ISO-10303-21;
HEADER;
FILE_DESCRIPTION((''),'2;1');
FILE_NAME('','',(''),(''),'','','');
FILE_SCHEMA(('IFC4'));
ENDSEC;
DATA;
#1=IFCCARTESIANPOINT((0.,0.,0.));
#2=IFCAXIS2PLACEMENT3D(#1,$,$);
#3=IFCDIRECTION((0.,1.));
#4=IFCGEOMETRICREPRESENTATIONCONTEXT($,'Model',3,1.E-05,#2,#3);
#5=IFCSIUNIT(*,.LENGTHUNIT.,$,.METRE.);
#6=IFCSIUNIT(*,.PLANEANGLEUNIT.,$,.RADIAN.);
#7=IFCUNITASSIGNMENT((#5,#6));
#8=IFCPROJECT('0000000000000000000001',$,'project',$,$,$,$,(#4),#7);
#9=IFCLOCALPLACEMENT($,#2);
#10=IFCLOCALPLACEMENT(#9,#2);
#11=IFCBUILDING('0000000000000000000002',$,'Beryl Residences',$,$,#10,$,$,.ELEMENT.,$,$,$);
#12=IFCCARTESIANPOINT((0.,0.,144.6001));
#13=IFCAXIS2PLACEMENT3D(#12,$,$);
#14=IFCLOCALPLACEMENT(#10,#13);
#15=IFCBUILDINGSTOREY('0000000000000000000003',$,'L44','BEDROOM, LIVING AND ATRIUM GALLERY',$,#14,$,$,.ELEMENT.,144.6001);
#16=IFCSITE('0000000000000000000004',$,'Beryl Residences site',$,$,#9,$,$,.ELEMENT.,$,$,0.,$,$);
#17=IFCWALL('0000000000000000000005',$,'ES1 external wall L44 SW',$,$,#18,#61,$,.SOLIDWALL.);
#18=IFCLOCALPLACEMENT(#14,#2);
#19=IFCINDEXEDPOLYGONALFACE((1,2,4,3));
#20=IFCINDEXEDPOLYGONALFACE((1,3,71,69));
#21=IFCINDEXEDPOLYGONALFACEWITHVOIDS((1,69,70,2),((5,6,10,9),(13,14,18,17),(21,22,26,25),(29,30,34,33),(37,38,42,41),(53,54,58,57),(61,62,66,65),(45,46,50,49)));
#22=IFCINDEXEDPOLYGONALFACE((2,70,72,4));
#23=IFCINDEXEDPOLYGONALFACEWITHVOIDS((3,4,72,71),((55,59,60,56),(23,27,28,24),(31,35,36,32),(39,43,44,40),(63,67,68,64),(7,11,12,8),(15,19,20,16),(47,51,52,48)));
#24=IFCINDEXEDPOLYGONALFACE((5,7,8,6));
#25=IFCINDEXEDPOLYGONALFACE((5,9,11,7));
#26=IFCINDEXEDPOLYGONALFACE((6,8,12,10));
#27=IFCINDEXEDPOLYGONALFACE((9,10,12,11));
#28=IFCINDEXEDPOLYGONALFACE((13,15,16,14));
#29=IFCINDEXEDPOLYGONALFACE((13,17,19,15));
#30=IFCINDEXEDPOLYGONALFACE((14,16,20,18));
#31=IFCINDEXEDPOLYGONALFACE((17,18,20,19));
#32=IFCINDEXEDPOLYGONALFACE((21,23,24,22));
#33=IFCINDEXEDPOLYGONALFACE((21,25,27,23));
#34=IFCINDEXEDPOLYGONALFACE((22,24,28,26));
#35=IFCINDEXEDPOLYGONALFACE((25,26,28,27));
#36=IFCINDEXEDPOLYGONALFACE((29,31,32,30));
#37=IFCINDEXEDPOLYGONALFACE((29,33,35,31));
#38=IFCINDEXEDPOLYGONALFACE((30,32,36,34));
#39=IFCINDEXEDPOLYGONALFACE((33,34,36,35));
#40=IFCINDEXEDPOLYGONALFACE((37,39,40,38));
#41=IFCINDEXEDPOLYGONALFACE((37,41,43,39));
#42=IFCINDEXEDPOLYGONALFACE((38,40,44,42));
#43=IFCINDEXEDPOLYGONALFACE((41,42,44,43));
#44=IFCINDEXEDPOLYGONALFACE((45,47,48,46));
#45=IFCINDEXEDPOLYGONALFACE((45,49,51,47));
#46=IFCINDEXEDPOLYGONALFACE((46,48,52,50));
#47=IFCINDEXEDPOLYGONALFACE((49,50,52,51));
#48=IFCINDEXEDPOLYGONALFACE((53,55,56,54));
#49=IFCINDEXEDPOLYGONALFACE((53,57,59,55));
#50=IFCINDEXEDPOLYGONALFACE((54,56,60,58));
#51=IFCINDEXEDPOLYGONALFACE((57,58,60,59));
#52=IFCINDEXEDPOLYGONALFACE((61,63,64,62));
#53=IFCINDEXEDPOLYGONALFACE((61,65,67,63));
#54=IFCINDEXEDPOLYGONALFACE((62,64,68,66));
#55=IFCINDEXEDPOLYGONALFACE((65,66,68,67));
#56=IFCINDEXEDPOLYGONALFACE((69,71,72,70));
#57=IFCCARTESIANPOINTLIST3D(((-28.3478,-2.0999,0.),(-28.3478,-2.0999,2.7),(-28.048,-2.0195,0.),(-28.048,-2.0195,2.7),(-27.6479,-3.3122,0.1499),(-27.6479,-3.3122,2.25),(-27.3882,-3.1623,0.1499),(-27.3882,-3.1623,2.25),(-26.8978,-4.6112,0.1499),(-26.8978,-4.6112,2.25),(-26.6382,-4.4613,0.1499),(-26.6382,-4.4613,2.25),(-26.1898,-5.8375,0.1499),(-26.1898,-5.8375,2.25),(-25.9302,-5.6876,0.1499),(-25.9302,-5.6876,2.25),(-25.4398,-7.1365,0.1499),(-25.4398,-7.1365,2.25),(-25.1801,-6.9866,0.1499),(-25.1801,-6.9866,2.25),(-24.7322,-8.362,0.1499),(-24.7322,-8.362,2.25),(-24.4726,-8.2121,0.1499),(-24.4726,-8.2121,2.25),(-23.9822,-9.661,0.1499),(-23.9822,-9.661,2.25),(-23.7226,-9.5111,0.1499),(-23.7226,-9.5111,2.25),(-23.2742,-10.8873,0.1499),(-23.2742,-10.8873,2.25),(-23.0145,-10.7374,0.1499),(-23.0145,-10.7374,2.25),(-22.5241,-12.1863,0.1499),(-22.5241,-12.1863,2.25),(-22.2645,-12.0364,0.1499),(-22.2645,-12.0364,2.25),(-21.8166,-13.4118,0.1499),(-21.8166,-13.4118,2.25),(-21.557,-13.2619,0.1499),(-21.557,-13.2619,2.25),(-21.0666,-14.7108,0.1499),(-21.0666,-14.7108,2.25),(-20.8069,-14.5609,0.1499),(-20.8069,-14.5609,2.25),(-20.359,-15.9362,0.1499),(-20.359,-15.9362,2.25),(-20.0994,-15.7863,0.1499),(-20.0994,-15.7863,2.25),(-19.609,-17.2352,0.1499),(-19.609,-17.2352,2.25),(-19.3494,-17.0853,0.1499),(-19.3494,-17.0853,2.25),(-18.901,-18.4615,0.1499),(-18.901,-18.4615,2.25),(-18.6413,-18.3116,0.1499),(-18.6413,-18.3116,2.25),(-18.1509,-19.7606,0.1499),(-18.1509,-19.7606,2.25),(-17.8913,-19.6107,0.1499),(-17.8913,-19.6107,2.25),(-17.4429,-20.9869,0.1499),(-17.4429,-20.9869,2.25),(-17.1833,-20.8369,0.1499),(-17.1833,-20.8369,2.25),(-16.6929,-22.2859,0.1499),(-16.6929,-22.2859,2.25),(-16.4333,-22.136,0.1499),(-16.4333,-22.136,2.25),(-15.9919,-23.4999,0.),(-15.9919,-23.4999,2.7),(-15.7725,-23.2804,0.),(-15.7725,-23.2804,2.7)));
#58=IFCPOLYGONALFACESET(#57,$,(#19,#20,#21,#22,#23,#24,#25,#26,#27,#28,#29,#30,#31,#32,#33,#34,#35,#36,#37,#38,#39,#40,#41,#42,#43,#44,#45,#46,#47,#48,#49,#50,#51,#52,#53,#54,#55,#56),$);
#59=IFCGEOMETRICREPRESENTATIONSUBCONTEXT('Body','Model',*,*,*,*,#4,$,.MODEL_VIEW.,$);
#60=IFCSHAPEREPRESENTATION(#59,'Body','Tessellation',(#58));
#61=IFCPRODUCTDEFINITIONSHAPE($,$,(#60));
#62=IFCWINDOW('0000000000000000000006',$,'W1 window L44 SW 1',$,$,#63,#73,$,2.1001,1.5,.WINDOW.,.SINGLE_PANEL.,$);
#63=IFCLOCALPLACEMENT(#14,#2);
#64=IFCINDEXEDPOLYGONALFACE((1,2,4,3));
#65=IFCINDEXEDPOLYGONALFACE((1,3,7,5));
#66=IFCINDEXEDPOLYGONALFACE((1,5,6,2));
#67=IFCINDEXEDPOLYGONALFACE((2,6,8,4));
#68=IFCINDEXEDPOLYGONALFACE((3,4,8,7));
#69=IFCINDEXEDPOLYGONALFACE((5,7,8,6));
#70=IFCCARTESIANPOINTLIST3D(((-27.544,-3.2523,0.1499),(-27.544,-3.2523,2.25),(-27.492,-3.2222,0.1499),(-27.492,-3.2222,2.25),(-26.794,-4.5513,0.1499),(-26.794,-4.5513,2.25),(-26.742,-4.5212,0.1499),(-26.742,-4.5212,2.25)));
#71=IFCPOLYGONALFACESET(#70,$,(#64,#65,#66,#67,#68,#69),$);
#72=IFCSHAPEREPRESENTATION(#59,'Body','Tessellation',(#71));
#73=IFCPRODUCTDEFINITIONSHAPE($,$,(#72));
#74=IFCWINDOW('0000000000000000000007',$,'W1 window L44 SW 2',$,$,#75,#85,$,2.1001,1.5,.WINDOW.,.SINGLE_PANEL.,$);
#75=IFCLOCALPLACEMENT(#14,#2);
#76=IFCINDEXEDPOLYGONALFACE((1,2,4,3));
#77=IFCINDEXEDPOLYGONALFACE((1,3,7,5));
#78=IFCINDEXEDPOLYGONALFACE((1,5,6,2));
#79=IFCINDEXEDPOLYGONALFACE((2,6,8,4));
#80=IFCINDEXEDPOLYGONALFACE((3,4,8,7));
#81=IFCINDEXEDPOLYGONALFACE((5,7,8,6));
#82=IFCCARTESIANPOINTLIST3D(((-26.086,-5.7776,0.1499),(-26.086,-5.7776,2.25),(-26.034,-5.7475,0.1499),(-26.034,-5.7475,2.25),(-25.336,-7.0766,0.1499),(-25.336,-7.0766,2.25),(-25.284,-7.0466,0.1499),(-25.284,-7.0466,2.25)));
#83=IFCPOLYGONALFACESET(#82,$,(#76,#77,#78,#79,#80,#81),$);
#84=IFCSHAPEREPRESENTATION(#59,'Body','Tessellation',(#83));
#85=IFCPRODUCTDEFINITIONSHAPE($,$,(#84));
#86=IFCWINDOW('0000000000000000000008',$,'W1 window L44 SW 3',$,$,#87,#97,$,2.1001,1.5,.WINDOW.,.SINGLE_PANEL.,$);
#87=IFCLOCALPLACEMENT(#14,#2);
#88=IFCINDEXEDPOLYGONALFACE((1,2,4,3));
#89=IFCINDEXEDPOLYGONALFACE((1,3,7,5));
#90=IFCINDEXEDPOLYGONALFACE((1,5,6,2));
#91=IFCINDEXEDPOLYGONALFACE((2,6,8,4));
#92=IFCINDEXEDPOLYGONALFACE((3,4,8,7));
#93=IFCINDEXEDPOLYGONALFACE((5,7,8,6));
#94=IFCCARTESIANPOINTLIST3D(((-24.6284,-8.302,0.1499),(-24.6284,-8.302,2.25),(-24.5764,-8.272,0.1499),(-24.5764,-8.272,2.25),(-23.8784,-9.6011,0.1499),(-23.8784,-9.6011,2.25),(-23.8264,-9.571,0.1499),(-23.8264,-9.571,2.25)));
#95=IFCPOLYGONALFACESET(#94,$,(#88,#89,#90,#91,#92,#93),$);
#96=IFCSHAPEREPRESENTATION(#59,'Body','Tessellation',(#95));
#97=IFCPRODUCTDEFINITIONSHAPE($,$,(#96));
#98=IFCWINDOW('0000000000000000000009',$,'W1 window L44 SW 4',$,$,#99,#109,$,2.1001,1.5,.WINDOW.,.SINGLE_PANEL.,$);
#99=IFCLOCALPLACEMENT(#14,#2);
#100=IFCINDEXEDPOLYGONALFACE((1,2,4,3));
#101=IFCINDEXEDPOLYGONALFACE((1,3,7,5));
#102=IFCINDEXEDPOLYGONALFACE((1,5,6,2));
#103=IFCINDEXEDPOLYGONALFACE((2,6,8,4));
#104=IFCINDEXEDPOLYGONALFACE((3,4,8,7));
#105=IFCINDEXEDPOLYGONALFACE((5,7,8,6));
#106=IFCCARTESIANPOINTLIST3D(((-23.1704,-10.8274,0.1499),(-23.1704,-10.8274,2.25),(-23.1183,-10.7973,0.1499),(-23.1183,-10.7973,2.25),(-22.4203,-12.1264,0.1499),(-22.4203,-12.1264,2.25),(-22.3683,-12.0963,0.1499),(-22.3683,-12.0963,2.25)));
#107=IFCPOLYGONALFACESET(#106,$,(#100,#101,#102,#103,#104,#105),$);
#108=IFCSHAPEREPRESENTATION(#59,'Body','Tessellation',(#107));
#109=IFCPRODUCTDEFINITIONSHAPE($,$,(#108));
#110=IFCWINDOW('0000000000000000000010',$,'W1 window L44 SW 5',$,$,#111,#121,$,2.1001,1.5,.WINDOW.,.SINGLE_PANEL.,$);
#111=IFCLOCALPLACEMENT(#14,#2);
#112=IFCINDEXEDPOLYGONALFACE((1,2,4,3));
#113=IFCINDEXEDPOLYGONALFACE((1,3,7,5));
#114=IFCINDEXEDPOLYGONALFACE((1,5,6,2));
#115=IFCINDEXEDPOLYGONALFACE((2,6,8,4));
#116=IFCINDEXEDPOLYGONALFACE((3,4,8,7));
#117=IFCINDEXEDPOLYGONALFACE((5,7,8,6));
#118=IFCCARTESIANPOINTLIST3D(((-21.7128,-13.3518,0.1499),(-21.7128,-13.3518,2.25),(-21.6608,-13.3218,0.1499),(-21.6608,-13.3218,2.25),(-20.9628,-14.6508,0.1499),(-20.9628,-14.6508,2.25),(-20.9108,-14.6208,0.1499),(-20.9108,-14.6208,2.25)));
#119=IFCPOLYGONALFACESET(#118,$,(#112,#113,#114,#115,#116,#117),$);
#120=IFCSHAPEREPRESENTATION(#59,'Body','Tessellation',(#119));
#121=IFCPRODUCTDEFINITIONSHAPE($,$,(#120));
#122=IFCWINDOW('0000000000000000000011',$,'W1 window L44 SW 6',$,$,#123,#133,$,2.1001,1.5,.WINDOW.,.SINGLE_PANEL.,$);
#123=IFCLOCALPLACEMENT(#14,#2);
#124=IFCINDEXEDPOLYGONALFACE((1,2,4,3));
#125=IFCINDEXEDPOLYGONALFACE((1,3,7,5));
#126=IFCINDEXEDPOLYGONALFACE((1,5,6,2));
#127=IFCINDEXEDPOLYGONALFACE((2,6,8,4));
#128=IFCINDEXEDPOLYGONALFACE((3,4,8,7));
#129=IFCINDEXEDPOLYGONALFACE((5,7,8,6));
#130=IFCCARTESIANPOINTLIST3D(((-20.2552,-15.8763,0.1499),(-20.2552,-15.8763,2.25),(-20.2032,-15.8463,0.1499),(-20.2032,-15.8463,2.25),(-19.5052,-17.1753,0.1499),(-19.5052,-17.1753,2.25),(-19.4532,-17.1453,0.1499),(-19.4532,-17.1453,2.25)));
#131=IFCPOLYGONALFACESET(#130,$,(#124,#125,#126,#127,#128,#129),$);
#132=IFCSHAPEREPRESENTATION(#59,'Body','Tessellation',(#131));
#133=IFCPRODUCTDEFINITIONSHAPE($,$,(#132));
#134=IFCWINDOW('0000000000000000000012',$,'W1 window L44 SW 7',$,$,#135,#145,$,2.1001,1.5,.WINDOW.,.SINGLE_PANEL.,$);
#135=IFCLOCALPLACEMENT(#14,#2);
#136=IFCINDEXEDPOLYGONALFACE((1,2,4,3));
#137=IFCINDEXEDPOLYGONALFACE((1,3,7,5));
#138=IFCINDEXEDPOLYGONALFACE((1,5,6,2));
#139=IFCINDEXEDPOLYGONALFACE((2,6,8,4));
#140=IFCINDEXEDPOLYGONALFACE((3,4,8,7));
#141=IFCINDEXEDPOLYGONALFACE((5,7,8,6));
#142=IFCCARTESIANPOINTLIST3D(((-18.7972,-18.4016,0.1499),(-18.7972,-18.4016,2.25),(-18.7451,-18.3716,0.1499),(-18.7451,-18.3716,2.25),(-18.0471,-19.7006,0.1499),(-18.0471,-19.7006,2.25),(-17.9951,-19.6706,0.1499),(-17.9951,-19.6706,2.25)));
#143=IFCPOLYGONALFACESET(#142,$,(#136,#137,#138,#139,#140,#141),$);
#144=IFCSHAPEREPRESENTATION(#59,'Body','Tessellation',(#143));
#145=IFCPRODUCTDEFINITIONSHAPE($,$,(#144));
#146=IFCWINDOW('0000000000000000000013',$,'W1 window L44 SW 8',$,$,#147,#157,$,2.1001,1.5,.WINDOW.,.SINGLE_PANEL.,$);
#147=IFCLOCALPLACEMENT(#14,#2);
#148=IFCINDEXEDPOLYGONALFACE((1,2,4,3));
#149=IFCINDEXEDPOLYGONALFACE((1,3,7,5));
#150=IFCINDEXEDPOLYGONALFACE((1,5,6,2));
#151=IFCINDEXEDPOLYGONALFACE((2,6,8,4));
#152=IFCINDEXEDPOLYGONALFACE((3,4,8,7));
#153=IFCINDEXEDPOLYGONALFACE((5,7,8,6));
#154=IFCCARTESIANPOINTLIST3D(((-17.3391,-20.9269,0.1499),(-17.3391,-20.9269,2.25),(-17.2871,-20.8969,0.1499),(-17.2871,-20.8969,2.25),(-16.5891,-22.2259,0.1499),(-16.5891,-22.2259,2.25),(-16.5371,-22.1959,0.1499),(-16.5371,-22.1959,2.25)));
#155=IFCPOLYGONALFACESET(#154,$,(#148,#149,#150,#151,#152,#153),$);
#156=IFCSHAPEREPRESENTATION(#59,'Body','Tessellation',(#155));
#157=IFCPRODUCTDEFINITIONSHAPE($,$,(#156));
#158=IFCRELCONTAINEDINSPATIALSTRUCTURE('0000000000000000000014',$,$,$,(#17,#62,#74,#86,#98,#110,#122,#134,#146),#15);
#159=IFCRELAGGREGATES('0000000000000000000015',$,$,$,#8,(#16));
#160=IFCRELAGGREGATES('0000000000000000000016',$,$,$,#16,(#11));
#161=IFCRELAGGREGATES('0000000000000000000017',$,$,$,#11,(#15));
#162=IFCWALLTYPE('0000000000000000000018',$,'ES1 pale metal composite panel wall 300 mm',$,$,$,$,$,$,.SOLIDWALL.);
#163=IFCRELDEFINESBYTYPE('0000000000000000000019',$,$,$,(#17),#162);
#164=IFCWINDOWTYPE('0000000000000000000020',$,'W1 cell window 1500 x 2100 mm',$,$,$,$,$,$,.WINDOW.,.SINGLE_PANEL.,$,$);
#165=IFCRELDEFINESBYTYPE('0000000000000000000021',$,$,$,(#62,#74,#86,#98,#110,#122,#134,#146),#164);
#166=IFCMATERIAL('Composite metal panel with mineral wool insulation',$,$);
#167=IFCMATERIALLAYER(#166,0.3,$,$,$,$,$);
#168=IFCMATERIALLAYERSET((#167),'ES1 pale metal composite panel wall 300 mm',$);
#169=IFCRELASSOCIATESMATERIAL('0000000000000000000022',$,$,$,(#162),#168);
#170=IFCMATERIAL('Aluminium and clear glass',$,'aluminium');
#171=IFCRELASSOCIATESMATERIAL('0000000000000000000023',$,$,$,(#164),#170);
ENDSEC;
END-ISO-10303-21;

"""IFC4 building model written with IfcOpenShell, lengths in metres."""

from ifc_helpers import new_model, si_unit, direction, frame, frame_2d, origin, place, context, subcontext, project, spatial, polyline, rectangle, outline, extrude, material, layer, layer_set, type_object, element, fill, save


model = new_model("IFC4")

# Units and contexts
model_context = context("Model", 3, precision=1e-05, world=origin(), true_north=direction((0.0, 1.0)))
body_context = subcontext(model_context, "Body", "Model", "MODEL_VIEW")
ifc_project = project(units=[si_unit("LENGTHUNIT", "METRE"), si_unit("PLANEANGLEUNIT", "RADIAN")], contexts=[model_context])

# Site, building, storey
site_placement = place(None, origin())
site = spatial("IfcSite", under=ifc_project, at=site_placement, Name="Beryl Residences site", CompositionType="ELEMENT", RefElevation=0.0)
building_placement = place(site_placement, origin())
building = spatial("IfcBuilding", under=site, at=building_placement, Name="Beryl Residences", CompositionType="ELEMENT")
storey_placement = place(building_placement, frame((0.0, 0.0, 144.6001)))
storey = spatial("IfcBuildingStorey", under=building, at=storey_placement, Name="L44", Description="BEDROOM, LIVING AND ATRIUM GALLERY", CompositionType="ELEMENT", Elevation=144.6001)

# Wall, openings, windows
ifc_material_1 = material(Name="Composite metal panel with mineral wool insulation")
ifc_layer_1 = layer(ifc_material_1, 0.3)
ifc_layer_set_1 = layer_set([ifc_layer_1], Name="ES1 pale metal composite panel wall 300 mm")
wall_type_1 = type_object("IfcWallType", Name="ES1 pale metal composite panel wall 300 mm", PredefinedType="SOLIDWALL", material=ifc_layer_set_1)
wall_1_placement = place(storey_placement, frame((-28.218, -2.0249, 0.0), z_axis=(0.0, 0.0, 1.0), x_axis=(0.500018, -0.866015, 0.0)))
wall_1 = element("IfcWall", 1, at=wall_1_placement, inside=storey, type_object=wall_type_1, Name="ES1 external wall L44 SW", PredefinedType="SOLIDWALL", context=body_context, shape_type="SweptSolid", body=[
    extrude(outline(polyline([(0.0, -0.1499), (24.7109, -0.1499), (24.6306, 0.1499), (0.0803, 0.1499), (0.0, -0.1499)])), origin(), (0.0, 0.0, 1.0), 2.7),
])
opening_1_placement = place(wall_1_placement, frame((1.3999, 0.0, 0.1499)))
opening_1 = element("IfcOpeningElement", 2, at=opening_1_placement, cuts=wall_1, PredefinedType="OPENING", context=body_context, shape_type="SweptSolid", body=[
    extrude(rectangle(XDim=1.5, YDim=2.1001, at=frame_2d((0.75, 1.05))), frame((0.0, 0.1599, 0.0), z_axis=(0.0, -1.0, 0.0), x_axis=(1.0, 0.0, 0.0)), (0.0, 0.0, 1.0), 0.3201),
])
opening_2_placement = place(wall_1_placement, frame((4.3159, 0.0, 0.1499)))
opening_2 = element("IfcOpeningElement", 3, at=opening_2_placement, cuts=wall_1, PredefinedType="OPENING", context=body_context, shape_type="SweptSolid", body=[
    extrude(rectangle(XDim=1.5, YDim=2.1001, at=frame_2d((0.75, 1.05))), frame((0.0, 0.1599, 0.0), z_axis=(0.0, -1.0, 0.0), x_axis=(1.0, 0.0, 0.0)), (0.0, 0.0, 1.0), 0.3201),
])
opening_3_placement = place(wall_1_placement, frame((7.231, 0.0, 0.1499)))
opening_3 = element("IfcOpeningElement", 4, at=opening_3_placement, cuts=wall_1, PredefinedType="OPENING", context=body_context, shape_type="SweptSolid", body=[
    extrude(rectangle(XDim=1.5, YDim=2.1001, at=frame_2d((0.75, 1.05))), frame((0.0, 0.1599, 0.0), z_axis=(0.0, -1.0, 0.0), x_axis=(1.0, 0.0, 0.0)), (0.0, 0.0, 1.0), 0.3201),
])
opening_4_placement = place(wall_1_placement, frame((10.147, 0.0, 0.1499)))
opening_4 = element("IfcOpeningElement", 5, at=opening_4_placement, cuts=wall_1, PredefinedType="OPENING", context=body_context, shape_type="SweptSolid", body=[
    extrude(rectangle(XDim=1.5, YDim=2.1001, at=frame_2d((0.75, 1.05))), frame((0.0, 0.1599, 0.0), z_axis=(0.0, -1.0, 0.0), x_axis=(1.0, 0.0, 0.0)), (0.0, 0.0, 1.0), 0.3201),
])
opening_5_placement = place(wall_1_placement, frame((13.062, 0.0, 0.1499)))
opening_5 = element("IfcOpeningElement", 6, at=opening_5_placement, cuts=wall_1, PredefinedType="OPENING", context=body_context, shape_type="SweptSolid", body=[
    extrude(rectangle(XDim=1.5, YDim=2.1001, at=frame_2d((0.75, 1.05))), frame((0.0, 0.1599, 0.0), z_axis=(0.0, -1.0, 0.0), x_axis=(1.0, 0.0, 0.0)), (0.0, 0.0, 1.0), 0.3201),
])
opening_6_placement = place(wall_1_placement, frame((15.9771, 0.0, 0.1499)))
opening_6 = element("IfcOpeningElement", 7, at=opening_6_placement, cuts=wall_1, PredefinedType="OPENING", context=body_context, shape_type="SweptSolid", body=[
    extrude(rectangle(XDim=1.5, YDim=2.1001, at=frame_2d((0.75, 1.05))), frame((0.0, 0.1599, 0.0), z_axis=(0.0, -1.0, 0.0), x_axis=(1.0, 0.0, 0.0)), (0.0, 0.0, 1.0), 0.3201),
])
opening_7_placement = place(wall_1_placement, frame((18.8931, 0.0, 0.1499)))
opening_7 = element("IfcOpeningElement", 8, at=opening_7_placement, cuts=wall_1, PredefinedType="OPENING", context=body_context, shape_type="SweptSolid", body=[
    extrude(rectangle(XDim=1.5, YDim=2.1001, at=frame_2d((0.75, 1.05))), frame((0.0, 0.1599, 0.0), z_axis=(0.0, -1.0, 0.0), x_axis=(1.0, 0.0, 0.0)), (0.0, 0.0, 1.0), 0.3201),
])
opening_8_placement = place(wall_1_placement, frame((21.8091, 0.0, 0.1499)))
opening_8 = element("IfcOpeningElement", 9, at=opening_8_placement, cuts=wall_1, PredefinedType="OPENING", context=body_context, shape_type="SweptSolid", body=[
    extrude(rectangle(XDim=1.5, YDim=2.1001, at=frame_2d((0.75, 1.05))), frame((0.0, 0.1599, 0.0), z_axis=(0.0, -1.0, 0.0), x_axis=(1.0, 0.0, 0.0)), (0.0, 0.0, 1.0), 0.3201),
])
ifc_material_2 = material(Name="Aluminium and clear glass", Category="aluminium")
window_type = type_object("IfcWindowType", Name="W1 cell window 1500 x 2100 mm", PartitioningType="SINGLE_PANEL", PredefinedType="WINDOW", material=ifc_material_2)
window_1_placement = place(opening_1_placement, origin())
window_1 = element("IfcWindow", 10, at=window_1_placement, inside=storey, type_object=window_type, Name="W1 window L44 SW 1", OverallHeight=2.1001, OverallWidth=1.5, PartitioningType="SINGLE_PANEL", PredefinedType="WINDOW", context=body_context, shape_type="SweptSolid", body=[
    extrude(rectangle(XDim=1.5, YDim=2.1001, at=frame_2d((0.75, 1.05))), frame((0.0, 0.03, 0.0), z_axis=(0.0, -1.0, 0.0), x_axis=(1.0, 0.0, 0.0)), (0.0, 0.0, 1.0), 0.0601),
])
fill(opening_1, window_1)
window_2_placement = place(opening_2_placement, origin())
window_2 = element("IfcWindow", 11, at=window_2_placement, inside=storey, type_object=window_type, Name="W1 window L44 SW 2", OverallHeight=2.1001, OverallWidth=1.5, PartitioningType="SINGLE_PANEL", PredefinedType="WINDOW", context=body_context, shape_type="SweptSolid", body=[
    extrude(rectangle(XDim=1.5, YDim=2.1001, at=frame_2d((0.75, 1.05))), frame((0.0, 0.03, 0.0), z_axis=(0.0, -1.0, 0.0), x_axis=(1.0, 0.0, 0.0)), (0.0, 0.0, 1.0), 0.0601),
])
fill(opening_2, window_2)
window_3_placement = place(opening_3_placement, origin())
window_3 = element("IfcWindow", 12, at=window_3_placement, inside=storey, type_object=window_type, Name="W1 window L44 SW 3", OverallHeight=2.1001, OverallWidth=1.5, PartitioningType="SINGLE_PANEL", PredefinedType="WINDOW", context=body_context, shape_type="SweptSolid", body=[
    extrude(rectangle(XDim=1.5, YDim=2.1001, at=frame_2d((0.75, 1.05))), frame((0.0, 0.03, 0.0), z_axis=(0.0, -1.0, 0.0), x_axis=(1.0, 0.0, 0.0)), (0.0, 0.0, 1.0), 0.0601),
])
fill(opening_3, window_3)
window_4_placement = place(opening_4_placement, origin())
window_4 = element("IfcWindow", 13, at=window_4_placement, inside=storey, type_object=window_type, Name="W1 window L44 SW 4", OverallHeight=2.1001, OverallWidth=1.5, PartitioningType="SINGLE_PANEL", PredefinedType="WINDOW", context=body_context, shape_type="SweptSolid", body=[
    extrude(rectangle(XDim=1.5, YDim=2.1001, at=frame_2d((0.75, 1.05))), frame((0.0, 0.03, 0.0), z_axis=(0.0, -1.0, 0.0), x_axis=(1.0, 0.0, 0.0)), (0.0, 0.0, 1.0), 0.0601),
])
fill(opening_4, window_4)
window_5_placement = place(opening_5_placement, origin())
window_5 = element("IfcWindow", 14, at=window_5_placement, inside=storey, type_object=window_type, Name="W1 window L44 SW 5", OverallHeight=2.1001, OverallWidth=1.5, PartitioningType="SINGLE_PANEL", PredefinedType="WINDOW", context=body_context, shape_type="SweptSolid", body=[
    extrude(rectangle(XDim=1.5, YDim=2.1001, at=frame_2d((0.75, 1.05))), frame((0.0, 0.03, 0.0), z_axis=(0.0, -1.0, 0.0), x_axis=(1.0, 0.0, 0.0)), (0.0, 0.0, 1.0), 0.0601),
])
fill(opening_5, window_5)
window_6_placement = place(opening_6_placement, origin())
window_6 = element("IfcWindow", 15, at=window_6_placement, inside=storey, type_object=window_type, Name="W1 window L44 SW 6", OverallHeight=2.1001, OverallWidth=1.5, PartitioningType="SINGLE_PANEL", PredefinedType="WINDOW", context=body_context, shape_type="SweptSolid", body=[
    extrude(rectangle(XDim=1.5, YDim=2.1001, at=frame_2d((0.75, 1.05))), frame((0.0, 0.03, 0.0), z_axis=(0.0, -1.0, 0.0), x_axis=(1.0, 0.0, 0.0)), (0.0, 0.0, 1.0), 0.0601),
])
fill(opening_6, window_6)
window_7_placement = place(opening_7_placement, origin())
window_7 = element("IfcWindow", 16, at=window_7_placement, inside=storey, type_object=window_type, Name="W1 window L44 SW 7", OverallHeight=2.1001, OverallWidth=1.5, PartitioningType="SINGLE_PANEL", PredefinedType="WINDOW", context=body_context, shape_type="SweptSolid", body=[
    extrude(rectangle(XDim=1.5, YDim=2.1001, at=frame_2d((0.75, 1.05))), frame((0.0, 0.03, 0.0), z_axis=(0.0, -1.0, 0.0), x_axis=(1.0, 0.0, 0.0)), (0.0, 0.0, 1.0), 0.0601),
])
fill(opening_7, window_7)
window_8_placement = place(opening_8_placement, origin())
window_8 = element("IfcWindow", 17, at=window_8_placement, inside=storey, type_object=window_type, Name="W1 window L44 SW 8", OverallHeight=2.1001, OverallWidth=1.5, PartitioningType="SINGLE_PANEL", PredefinedType="WINDOW", context=body_context, shape_type="SweptSolid", body=[
    extrude(rectangle(XDim=1.5, YDim=2.1001, at=frame_2d((0.75, 1.05))), frame((0.0, 0.03, 0.0), z_axis=(0.0, -1.0, 0.0), x_axis=(1.0, 0.0, 0.0)), (0.0, 0.0, 1.0), 0.0601),
])
fill(opening_8, window_8)

save(model, "model.ifc")
